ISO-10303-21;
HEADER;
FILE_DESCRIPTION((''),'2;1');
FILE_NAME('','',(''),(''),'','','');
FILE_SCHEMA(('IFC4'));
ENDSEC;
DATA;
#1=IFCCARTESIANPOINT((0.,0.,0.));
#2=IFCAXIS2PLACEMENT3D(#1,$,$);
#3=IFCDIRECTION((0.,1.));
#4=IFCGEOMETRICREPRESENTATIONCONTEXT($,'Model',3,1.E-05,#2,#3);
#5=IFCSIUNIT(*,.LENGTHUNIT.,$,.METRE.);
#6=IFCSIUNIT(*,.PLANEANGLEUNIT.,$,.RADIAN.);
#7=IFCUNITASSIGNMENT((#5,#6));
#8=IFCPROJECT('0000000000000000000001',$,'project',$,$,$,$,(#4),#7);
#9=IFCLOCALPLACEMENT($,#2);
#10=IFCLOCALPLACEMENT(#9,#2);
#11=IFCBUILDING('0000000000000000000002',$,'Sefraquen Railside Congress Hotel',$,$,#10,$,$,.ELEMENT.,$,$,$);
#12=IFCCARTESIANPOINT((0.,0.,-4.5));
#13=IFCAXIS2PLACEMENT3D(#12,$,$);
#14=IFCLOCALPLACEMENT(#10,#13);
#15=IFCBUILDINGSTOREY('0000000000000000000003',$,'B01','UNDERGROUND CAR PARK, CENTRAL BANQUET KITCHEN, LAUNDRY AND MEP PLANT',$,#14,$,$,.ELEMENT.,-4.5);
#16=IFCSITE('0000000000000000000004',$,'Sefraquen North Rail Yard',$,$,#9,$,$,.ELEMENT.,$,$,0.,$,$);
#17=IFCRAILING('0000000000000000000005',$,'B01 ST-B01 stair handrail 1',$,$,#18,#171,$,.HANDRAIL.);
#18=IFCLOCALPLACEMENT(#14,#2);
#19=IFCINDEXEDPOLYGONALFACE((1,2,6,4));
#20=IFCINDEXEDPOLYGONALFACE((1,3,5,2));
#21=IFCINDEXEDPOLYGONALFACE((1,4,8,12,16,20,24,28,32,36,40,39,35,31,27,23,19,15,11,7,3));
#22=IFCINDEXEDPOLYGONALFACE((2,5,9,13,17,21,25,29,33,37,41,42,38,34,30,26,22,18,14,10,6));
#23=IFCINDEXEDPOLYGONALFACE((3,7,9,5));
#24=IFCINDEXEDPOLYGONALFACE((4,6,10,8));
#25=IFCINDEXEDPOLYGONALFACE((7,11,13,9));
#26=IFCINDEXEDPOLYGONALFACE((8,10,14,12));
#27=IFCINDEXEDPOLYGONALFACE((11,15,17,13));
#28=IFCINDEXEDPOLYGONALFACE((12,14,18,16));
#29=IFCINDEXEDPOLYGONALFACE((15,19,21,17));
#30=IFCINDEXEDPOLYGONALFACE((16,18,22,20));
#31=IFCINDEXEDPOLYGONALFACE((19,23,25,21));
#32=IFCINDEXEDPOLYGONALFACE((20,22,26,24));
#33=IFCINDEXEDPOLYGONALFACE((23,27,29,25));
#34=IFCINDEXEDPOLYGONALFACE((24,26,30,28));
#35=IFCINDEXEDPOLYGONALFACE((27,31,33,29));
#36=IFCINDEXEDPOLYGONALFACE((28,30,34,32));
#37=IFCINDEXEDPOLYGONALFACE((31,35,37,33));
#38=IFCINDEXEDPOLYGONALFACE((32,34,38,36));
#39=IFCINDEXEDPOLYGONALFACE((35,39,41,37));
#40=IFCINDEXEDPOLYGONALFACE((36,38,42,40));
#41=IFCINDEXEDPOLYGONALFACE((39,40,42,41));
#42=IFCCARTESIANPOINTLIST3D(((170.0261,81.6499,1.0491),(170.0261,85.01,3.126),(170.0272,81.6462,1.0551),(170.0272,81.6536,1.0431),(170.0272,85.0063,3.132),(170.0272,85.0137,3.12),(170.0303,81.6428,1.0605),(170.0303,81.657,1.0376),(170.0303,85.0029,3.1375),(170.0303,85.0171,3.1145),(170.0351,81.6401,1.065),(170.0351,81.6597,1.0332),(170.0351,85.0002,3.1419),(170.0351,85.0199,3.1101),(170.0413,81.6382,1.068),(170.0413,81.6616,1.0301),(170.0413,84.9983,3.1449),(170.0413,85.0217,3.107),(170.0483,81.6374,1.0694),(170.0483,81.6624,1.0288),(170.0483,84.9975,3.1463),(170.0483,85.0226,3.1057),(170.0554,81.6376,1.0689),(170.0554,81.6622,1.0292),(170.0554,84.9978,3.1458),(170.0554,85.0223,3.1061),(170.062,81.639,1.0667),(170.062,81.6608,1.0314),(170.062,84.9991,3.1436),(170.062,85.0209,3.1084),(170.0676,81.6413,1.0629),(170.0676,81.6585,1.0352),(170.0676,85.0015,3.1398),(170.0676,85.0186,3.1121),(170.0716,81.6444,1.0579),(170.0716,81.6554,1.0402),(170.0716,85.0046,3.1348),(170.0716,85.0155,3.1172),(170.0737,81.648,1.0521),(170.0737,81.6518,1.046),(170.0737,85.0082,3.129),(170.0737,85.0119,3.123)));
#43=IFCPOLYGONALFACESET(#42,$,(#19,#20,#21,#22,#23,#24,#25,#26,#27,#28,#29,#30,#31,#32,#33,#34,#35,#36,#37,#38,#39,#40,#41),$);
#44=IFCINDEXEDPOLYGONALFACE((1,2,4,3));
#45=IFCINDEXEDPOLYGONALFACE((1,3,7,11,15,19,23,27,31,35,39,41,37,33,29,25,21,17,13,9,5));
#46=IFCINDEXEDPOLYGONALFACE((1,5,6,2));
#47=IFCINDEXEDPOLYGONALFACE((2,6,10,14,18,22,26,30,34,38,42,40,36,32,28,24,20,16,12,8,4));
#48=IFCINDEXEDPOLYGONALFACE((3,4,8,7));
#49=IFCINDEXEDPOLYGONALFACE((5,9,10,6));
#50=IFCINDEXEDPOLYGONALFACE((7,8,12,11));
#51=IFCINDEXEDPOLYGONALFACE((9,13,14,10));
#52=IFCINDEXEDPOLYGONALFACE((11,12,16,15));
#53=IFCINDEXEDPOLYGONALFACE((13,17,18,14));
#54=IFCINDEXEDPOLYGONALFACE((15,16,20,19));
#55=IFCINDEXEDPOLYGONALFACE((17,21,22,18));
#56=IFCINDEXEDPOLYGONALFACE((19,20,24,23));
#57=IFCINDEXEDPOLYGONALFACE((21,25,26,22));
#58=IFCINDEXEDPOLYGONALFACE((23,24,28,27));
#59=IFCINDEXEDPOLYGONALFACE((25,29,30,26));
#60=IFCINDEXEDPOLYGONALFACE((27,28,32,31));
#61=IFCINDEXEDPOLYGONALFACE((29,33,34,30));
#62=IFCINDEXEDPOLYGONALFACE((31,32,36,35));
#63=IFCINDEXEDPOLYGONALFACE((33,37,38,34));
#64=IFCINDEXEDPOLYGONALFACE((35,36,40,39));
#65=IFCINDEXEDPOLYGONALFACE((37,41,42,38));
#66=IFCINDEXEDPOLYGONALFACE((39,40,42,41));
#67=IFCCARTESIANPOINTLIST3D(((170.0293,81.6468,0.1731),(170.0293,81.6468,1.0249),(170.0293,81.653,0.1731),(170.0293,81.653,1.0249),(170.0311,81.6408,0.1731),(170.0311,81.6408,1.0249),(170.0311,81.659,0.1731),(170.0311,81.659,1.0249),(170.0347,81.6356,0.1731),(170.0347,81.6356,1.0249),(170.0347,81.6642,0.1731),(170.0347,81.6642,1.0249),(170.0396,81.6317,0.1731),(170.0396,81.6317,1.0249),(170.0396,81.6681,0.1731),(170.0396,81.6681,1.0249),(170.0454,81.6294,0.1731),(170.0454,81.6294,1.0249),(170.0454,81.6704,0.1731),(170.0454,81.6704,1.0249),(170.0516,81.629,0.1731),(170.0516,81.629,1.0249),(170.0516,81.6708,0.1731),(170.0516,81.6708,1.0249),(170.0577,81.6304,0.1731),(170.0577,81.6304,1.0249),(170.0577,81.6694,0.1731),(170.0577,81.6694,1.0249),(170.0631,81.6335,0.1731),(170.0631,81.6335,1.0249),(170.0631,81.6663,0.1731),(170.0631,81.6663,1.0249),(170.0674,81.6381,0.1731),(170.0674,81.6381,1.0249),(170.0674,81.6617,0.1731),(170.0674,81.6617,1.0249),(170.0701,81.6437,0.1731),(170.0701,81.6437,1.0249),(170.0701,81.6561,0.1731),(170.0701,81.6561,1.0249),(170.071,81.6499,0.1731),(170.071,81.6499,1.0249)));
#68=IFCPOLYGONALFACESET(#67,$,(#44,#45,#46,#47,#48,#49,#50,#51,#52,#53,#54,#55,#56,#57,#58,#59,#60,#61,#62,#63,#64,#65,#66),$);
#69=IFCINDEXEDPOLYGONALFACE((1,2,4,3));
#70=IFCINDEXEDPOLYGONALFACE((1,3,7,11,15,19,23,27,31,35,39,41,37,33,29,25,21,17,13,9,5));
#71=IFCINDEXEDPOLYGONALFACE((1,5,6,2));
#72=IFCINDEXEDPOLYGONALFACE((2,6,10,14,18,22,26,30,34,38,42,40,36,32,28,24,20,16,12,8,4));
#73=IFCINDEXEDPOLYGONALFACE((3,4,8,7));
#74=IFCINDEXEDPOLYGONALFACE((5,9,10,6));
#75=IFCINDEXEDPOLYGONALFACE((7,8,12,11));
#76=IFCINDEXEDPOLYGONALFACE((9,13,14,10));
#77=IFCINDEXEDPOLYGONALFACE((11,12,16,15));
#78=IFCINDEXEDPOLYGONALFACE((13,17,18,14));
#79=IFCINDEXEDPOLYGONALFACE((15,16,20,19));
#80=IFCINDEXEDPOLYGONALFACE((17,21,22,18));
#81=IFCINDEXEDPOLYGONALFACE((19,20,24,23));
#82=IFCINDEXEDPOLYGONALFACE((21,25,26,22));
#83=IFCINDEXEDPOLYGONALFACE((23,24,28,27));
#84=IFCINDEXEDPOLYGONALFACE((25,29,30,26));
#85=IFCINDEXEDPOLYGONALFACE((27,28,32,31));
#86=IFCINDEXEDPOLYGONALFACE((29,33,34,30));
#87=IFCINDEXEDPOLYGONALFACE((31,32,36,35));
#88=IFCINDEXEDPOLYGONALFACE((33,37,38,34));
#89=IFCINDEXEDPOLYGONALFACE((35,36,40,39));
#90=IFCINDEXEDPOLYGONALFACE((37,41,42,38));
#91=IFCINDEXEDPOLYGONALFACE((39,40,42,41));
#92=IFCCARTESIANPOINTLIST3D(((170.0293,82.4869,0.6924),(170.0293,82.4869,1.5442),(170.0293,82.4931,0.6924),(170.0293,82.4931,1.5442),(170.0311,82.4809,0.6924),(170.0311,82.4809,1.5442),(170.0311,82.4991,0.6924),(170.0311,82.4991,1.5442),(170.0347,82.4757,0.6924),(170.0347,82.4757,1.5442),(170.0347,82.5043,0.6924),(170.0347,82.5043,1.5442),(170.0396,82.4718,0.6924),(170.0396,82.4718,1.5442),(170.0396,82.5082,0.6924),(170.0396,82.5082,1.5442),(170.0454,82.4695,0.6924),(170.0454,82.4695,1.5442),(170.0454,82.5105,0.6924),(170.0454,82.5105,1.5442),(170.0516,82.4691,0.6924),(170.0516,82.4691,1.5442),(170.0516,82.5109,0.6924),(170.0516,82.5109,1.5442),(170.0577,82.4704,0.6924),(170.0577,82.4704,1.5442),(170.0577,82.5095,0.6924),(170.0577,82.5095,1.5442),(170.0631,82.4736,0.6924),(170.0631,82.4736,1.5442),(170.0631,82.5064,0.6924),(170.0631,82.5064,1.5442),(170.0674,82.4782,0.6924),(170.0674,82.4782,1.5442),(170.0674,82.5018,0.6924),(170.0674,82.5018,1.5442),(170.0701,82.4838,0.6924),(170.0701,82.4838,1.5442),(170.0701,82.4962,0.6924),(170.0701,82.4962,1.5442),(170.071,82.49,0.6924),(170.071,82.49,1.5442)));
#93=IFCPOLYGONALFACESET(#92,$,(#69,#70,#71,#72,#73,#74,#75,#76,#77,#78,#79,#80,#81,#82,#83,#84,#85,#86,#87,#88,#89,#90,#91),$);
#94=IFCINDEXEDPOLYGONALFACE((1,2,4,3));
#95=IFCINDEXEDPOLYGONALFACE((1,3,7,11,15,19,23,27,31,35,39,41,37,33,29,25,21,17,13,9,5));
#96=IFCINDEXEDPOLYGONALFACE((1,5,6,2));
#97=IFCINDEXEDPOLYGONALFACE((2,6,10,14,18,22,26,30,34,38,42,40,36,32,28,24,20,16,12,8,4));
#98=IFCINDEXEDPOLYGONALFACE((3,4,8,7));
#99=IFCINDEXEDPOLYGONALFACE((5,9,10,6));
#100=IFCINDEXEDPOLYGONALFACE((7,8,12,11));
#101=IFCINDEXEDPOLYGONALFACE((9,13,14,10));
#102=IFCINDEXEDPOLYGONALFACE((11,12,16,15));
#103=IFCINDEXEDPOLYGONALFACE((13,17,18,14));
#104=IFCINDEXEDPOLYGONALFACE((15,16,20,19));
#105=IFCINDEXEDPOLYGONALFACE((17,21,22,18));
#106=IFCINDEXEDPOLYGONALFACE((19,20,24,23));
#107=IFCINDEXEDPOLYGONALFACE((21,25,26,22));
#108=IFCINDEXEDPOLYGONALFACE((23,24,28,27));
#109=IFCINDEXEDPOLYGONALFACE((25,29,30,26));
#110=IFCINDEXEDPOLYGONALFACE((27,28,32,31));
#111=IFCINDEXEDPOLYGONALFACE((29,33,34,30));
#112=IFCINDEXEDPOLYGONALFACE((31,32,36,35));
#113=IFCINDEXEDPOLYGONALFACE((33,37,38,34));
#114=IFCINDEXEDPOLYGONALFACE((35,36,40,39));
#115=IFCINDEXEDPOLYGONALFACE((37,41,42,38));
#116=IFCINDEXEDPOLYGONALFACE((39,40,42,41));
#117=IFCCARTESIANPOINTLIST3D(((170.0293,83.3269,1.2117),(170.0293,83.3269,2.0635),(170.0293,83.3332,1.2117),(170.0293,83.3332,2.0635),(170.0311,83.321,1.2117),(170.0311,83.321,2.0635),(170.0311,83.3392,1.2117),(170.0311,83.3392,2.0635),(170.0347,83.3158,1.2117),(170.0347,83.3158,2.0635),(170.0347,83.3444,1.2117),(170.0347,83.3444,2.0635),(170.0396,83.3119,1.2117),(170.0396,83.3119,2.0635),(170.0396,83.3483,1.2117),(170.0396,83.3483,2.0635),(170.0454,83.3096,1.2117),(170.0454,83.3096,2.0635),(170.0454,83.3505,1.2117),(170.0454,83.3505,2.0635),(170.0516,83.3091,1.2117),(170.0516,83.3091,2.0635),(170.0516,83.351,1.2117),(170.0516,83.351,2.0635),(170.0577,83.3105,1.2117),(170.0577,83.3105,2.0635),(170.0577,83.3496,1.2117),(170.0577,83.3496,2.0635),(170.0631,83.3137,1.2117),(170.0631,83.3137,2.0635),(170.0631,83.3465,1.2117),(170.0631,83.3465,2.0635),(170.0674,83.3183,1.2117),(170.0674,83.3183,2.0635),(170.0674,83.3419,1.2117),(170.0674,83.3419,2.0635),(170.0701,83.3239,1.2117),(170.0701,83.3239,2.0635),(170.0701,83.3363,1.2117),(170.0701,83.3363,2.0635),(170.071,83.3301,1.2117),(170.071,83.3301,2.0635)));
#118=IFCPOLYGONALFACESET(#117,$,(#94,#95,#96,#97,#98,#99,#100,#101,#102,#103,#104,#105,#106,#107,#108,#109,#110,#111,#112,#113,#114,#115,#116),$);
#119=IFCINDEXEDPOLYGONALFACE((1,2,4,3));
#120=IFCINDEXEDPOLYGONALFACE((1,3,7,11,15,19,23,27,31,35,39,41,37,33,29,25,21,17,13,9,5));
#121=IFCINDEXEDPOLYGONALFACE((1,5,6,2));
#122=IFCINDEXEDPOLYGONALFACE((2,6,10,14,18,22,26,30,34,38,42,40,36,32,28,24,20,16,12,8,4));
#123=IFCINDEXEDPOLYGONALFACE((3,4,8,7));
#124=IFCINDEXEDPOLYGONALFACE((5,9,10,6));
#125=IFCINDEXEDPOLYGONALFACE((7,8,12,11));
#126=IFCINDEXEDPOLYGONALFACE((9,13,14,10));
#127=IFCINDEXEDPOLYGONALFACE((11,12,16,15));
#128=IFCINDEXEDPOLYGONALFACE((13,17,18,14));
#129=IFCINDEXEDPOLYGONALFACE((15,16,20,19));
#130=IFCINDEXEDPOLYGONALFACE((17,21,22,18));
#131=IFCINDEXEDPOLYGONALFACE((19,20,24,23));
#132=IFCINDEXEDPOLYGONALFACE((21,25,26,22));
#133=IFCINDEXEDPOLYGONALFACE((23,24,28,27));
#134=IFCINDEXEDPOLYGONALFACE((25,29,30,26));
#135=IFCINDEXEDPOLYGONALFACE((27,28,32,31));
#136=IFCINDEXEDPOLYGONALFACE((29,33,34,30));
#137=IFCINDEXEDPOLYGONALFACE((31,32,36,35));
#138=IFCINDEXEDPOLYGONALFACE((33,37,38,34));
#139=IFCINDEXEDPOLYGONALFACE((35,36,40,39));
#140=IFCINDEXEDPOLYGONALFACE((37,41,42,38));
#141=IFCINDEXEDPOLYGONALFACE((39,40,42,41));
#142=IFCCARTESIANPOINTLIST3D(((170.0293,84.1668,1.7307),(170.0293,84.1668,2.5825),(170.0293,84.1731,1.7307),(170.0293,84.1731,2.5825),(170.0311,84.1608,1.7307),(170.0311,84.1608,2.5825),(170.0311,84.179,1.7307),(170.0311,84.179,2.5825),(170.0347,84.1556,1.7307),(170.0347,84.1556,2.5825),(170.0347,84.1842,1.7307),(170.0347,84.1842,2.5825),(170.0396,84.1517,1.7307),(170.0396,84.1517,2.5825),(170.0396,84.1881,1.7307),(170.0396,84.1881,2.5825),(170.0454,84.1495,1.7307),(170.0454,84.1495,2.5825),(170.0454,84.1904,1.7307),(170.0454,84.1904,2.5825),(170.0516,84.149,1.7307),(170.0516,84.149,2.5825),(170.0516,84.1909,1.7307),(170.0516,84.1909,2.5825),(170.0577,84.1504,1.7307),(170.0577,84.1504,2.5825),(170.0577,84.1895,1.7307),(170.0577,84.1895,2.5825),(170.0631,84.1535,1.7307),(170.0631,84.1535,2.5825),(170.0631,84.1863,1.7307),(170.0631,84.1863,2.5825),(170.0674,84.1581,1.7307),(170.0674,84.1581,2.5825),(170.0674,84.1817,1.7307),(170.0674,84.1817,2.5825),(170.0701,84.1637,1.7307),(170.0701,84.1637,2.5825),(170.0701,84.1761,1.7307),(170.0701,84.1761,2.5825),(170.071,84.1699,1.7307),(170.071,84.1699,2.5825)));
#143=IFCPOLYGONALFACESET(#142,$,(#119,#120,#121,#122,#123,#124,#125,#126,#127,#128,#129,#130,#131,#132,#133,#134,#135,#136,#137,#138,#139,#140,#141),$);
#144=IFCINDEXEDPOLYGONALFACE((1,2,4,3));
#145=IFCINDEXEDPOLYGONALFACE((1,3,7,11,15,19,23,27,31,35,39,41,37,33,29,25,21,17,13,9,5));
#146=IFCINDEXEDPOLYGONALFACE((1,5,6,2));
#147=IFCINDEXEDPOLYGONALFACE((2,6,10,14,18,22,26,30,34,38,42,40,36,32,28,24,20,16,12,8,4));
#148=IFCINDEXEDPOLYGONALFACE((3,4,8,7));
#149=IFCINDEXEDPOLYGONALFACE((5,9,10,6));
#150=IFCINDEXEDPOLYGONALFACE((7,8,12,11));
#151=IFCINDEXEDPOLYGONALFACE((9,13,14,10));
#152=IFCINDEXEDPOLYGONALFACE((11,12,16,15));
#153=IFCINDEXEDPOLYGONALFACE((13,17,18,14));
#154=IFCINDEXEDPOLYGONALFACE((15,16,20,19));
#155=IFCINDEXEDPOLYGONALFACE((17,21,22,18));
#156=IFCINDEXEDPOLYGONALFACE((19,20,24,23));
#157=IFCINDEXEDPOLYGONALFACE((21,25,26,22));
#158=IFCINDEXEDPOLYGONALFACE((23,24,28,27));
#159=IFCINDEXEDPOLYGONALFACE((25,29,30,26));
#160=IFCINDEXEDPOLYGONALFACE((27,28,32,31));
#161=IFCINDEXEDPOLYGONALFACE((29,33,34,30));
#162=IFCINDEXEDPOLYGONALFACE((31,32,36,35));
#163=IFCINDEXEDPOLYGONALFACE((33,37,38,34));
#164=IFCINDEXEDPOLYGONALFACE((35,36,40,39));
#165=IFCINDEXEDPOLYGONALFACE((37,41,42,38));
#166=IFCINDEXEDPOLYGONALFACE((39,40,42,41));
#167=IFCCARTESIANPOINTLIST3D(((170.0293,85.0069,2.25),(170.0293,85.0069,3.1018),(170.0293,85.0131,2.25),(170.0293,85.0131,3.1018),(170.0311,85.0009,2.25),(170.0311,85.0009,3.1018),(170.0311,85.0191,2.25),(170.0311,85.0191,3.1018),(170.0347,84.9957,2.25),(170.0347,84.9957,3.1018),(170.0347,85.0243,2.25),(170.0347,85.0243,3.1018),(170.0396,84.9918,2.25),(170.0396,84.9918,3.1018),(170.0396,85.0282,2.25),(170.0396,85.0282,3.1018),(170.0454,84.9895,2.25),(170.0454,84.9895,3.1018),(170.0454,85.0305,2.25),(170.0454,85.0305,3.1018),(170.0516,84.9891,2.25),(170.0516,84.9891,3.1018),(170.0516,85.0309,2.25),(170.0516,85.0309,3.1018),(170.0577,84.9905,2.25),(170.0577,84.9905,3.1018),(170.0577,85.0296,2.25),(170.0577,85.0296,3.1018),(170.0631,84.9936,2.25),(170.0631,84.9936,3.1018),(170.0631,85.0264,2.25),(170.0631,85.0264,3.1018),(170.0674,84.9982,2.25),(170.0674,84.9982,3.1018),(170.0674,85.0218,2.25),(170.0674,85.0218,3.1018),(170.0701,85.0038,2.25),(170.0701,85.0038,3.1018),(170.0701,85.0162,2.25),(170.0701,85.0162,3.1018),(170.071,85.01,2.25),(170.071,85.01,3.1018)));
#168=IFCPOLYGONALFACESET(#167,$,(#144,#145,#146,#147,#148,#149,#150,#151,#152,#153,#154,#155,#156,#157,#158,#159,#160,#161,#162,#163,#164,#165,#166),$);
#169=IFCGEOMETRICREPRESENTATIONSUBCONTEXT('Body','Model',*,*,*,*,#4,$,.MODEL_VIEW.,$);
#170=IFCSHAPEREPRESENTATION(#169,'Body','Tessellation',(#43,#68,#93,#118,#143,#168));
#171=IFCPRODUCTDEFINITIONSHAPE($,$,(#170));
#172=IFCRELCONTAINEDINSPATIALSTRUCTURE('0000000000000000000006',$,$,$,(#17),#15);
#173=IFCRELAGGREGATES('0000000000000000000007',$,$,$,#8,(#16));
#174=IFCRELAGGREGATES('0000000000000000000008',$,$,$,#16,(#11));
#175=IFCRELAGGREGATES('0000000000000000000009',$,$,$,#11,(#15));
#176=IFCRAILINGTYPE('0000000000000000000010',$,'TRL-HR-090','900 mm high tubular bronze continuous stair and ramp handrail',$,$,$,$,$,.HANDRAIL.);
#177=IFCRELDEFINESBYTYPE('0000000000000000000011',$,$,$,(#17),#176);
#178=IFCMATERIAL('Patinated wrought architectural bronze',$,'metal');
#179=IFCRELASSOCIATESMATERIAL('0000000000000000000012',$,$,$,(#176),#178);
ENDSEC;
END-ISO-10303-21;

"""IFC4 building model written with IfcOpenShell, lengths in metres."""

from ifc_helpers import new_model, si_unit, direction, frame, origin, origin_2d, place, context, subcontext, project, spatial, circle, extrude, material, type_object, element, save


model = new_model("IFC4")

# Units and contexts
model_context = context("Model", 3, precision=1e-05, world=origin(), true_north=direction((0.0, 1.0)))
body_context = subcontext(model_context, "Body", "Model", "MODEL_VIEW")
ifc_project = project(units=[si_unit("LENGTHUNIT", "METRE"), si_unit("PLANEANGLEUNIT", "RADIAN")], contexts=[model_context])

# Site, building, storey
site_placement = place(None, origin())
site = spatial("IfcSite", under=ifc_project, at=site_placement, Name="Sefraquen North Rail Yard", CompositionType="ELEMENT", RefElevation=0.0)
building_placement = place(site_placement, origin())
building = spatial("IfcBuilding", under=site, at=building_placement, Name="Sefraquen Railside Congress Hotel", CompositionType="ELEMENT")
storey_placement = place(building_placement, frame((0.0, 0.0, -4.5)))
storey = spatial("IfcBuildingStorey", under=building, at=storey_placement, Name="B01", Description="UNDERGROUND CAR PARK, CENTRAL BANQUET KITCHEN, LAUNDRY AND MEP PLANT", CompositionType="ELEMENT", Elevation=-4.5)

# Railing
ifc_material_1 = material(Name="Patinated wrought architectural bronze", Category="metal")
railing_type_1 = type_object("IfcRailingType", Name="TRL-HR-090", Description="900 mm high tubular bronze continuous stair and ramp handrail", PredefinedType="HANDRAIL", material=ifc_material_1)
railing_1_placement = place(storey_placement, frame((170.05, 81.6499, 0.1731)))
element("IfcRailing", 1, at=railing_1_placement, inside=storey, type_object=railing_type_1, Name="B01 ST-B01 stair handrail 1", PredefinedType="HANDRAIL", context=body_context, shape_type="SweptSolid", body=[
    extrude(circle(Radius=0.0239, at=origin_2d()), frame((0.0, 0.0, 0.876), z_axis=(0.0, 0.850623, 0.525776), x_axis=(-1.0, 0.0, 0.0)), (0.0, 0.0, 1.0), 3.9502),
    extrude(circle(Radius=0.021, at=origin_2d()), origin(), (0.0, 0.0, 1.0), 0.8518),
    extrude(circle(Radius=0.021, at=origin_2d()), frame((0.0, 0.8401, 0.5193)), (0.0, 0.0, 1.0), 0.8518),
    extrude(circle(Radius=0.021, at=origin_2d()), frame((0.0, 1.6802, 1.0386)), (0.0, 0.0, 1.0), 0.8518),
    extrude(circle(Radius=0.021, at=origin_2d()), frame((0.0, 2.52, 1.5576)), (0.0, 0.0, 1.0), 0.8518),
    extrude(circle(Radius=0.021, at=origin_2d()), frame((0.0, 3.3601, 2.0769)), (0.0, 0.0, 1.0), 0.8518),
])

save(model, "model.ifc")
